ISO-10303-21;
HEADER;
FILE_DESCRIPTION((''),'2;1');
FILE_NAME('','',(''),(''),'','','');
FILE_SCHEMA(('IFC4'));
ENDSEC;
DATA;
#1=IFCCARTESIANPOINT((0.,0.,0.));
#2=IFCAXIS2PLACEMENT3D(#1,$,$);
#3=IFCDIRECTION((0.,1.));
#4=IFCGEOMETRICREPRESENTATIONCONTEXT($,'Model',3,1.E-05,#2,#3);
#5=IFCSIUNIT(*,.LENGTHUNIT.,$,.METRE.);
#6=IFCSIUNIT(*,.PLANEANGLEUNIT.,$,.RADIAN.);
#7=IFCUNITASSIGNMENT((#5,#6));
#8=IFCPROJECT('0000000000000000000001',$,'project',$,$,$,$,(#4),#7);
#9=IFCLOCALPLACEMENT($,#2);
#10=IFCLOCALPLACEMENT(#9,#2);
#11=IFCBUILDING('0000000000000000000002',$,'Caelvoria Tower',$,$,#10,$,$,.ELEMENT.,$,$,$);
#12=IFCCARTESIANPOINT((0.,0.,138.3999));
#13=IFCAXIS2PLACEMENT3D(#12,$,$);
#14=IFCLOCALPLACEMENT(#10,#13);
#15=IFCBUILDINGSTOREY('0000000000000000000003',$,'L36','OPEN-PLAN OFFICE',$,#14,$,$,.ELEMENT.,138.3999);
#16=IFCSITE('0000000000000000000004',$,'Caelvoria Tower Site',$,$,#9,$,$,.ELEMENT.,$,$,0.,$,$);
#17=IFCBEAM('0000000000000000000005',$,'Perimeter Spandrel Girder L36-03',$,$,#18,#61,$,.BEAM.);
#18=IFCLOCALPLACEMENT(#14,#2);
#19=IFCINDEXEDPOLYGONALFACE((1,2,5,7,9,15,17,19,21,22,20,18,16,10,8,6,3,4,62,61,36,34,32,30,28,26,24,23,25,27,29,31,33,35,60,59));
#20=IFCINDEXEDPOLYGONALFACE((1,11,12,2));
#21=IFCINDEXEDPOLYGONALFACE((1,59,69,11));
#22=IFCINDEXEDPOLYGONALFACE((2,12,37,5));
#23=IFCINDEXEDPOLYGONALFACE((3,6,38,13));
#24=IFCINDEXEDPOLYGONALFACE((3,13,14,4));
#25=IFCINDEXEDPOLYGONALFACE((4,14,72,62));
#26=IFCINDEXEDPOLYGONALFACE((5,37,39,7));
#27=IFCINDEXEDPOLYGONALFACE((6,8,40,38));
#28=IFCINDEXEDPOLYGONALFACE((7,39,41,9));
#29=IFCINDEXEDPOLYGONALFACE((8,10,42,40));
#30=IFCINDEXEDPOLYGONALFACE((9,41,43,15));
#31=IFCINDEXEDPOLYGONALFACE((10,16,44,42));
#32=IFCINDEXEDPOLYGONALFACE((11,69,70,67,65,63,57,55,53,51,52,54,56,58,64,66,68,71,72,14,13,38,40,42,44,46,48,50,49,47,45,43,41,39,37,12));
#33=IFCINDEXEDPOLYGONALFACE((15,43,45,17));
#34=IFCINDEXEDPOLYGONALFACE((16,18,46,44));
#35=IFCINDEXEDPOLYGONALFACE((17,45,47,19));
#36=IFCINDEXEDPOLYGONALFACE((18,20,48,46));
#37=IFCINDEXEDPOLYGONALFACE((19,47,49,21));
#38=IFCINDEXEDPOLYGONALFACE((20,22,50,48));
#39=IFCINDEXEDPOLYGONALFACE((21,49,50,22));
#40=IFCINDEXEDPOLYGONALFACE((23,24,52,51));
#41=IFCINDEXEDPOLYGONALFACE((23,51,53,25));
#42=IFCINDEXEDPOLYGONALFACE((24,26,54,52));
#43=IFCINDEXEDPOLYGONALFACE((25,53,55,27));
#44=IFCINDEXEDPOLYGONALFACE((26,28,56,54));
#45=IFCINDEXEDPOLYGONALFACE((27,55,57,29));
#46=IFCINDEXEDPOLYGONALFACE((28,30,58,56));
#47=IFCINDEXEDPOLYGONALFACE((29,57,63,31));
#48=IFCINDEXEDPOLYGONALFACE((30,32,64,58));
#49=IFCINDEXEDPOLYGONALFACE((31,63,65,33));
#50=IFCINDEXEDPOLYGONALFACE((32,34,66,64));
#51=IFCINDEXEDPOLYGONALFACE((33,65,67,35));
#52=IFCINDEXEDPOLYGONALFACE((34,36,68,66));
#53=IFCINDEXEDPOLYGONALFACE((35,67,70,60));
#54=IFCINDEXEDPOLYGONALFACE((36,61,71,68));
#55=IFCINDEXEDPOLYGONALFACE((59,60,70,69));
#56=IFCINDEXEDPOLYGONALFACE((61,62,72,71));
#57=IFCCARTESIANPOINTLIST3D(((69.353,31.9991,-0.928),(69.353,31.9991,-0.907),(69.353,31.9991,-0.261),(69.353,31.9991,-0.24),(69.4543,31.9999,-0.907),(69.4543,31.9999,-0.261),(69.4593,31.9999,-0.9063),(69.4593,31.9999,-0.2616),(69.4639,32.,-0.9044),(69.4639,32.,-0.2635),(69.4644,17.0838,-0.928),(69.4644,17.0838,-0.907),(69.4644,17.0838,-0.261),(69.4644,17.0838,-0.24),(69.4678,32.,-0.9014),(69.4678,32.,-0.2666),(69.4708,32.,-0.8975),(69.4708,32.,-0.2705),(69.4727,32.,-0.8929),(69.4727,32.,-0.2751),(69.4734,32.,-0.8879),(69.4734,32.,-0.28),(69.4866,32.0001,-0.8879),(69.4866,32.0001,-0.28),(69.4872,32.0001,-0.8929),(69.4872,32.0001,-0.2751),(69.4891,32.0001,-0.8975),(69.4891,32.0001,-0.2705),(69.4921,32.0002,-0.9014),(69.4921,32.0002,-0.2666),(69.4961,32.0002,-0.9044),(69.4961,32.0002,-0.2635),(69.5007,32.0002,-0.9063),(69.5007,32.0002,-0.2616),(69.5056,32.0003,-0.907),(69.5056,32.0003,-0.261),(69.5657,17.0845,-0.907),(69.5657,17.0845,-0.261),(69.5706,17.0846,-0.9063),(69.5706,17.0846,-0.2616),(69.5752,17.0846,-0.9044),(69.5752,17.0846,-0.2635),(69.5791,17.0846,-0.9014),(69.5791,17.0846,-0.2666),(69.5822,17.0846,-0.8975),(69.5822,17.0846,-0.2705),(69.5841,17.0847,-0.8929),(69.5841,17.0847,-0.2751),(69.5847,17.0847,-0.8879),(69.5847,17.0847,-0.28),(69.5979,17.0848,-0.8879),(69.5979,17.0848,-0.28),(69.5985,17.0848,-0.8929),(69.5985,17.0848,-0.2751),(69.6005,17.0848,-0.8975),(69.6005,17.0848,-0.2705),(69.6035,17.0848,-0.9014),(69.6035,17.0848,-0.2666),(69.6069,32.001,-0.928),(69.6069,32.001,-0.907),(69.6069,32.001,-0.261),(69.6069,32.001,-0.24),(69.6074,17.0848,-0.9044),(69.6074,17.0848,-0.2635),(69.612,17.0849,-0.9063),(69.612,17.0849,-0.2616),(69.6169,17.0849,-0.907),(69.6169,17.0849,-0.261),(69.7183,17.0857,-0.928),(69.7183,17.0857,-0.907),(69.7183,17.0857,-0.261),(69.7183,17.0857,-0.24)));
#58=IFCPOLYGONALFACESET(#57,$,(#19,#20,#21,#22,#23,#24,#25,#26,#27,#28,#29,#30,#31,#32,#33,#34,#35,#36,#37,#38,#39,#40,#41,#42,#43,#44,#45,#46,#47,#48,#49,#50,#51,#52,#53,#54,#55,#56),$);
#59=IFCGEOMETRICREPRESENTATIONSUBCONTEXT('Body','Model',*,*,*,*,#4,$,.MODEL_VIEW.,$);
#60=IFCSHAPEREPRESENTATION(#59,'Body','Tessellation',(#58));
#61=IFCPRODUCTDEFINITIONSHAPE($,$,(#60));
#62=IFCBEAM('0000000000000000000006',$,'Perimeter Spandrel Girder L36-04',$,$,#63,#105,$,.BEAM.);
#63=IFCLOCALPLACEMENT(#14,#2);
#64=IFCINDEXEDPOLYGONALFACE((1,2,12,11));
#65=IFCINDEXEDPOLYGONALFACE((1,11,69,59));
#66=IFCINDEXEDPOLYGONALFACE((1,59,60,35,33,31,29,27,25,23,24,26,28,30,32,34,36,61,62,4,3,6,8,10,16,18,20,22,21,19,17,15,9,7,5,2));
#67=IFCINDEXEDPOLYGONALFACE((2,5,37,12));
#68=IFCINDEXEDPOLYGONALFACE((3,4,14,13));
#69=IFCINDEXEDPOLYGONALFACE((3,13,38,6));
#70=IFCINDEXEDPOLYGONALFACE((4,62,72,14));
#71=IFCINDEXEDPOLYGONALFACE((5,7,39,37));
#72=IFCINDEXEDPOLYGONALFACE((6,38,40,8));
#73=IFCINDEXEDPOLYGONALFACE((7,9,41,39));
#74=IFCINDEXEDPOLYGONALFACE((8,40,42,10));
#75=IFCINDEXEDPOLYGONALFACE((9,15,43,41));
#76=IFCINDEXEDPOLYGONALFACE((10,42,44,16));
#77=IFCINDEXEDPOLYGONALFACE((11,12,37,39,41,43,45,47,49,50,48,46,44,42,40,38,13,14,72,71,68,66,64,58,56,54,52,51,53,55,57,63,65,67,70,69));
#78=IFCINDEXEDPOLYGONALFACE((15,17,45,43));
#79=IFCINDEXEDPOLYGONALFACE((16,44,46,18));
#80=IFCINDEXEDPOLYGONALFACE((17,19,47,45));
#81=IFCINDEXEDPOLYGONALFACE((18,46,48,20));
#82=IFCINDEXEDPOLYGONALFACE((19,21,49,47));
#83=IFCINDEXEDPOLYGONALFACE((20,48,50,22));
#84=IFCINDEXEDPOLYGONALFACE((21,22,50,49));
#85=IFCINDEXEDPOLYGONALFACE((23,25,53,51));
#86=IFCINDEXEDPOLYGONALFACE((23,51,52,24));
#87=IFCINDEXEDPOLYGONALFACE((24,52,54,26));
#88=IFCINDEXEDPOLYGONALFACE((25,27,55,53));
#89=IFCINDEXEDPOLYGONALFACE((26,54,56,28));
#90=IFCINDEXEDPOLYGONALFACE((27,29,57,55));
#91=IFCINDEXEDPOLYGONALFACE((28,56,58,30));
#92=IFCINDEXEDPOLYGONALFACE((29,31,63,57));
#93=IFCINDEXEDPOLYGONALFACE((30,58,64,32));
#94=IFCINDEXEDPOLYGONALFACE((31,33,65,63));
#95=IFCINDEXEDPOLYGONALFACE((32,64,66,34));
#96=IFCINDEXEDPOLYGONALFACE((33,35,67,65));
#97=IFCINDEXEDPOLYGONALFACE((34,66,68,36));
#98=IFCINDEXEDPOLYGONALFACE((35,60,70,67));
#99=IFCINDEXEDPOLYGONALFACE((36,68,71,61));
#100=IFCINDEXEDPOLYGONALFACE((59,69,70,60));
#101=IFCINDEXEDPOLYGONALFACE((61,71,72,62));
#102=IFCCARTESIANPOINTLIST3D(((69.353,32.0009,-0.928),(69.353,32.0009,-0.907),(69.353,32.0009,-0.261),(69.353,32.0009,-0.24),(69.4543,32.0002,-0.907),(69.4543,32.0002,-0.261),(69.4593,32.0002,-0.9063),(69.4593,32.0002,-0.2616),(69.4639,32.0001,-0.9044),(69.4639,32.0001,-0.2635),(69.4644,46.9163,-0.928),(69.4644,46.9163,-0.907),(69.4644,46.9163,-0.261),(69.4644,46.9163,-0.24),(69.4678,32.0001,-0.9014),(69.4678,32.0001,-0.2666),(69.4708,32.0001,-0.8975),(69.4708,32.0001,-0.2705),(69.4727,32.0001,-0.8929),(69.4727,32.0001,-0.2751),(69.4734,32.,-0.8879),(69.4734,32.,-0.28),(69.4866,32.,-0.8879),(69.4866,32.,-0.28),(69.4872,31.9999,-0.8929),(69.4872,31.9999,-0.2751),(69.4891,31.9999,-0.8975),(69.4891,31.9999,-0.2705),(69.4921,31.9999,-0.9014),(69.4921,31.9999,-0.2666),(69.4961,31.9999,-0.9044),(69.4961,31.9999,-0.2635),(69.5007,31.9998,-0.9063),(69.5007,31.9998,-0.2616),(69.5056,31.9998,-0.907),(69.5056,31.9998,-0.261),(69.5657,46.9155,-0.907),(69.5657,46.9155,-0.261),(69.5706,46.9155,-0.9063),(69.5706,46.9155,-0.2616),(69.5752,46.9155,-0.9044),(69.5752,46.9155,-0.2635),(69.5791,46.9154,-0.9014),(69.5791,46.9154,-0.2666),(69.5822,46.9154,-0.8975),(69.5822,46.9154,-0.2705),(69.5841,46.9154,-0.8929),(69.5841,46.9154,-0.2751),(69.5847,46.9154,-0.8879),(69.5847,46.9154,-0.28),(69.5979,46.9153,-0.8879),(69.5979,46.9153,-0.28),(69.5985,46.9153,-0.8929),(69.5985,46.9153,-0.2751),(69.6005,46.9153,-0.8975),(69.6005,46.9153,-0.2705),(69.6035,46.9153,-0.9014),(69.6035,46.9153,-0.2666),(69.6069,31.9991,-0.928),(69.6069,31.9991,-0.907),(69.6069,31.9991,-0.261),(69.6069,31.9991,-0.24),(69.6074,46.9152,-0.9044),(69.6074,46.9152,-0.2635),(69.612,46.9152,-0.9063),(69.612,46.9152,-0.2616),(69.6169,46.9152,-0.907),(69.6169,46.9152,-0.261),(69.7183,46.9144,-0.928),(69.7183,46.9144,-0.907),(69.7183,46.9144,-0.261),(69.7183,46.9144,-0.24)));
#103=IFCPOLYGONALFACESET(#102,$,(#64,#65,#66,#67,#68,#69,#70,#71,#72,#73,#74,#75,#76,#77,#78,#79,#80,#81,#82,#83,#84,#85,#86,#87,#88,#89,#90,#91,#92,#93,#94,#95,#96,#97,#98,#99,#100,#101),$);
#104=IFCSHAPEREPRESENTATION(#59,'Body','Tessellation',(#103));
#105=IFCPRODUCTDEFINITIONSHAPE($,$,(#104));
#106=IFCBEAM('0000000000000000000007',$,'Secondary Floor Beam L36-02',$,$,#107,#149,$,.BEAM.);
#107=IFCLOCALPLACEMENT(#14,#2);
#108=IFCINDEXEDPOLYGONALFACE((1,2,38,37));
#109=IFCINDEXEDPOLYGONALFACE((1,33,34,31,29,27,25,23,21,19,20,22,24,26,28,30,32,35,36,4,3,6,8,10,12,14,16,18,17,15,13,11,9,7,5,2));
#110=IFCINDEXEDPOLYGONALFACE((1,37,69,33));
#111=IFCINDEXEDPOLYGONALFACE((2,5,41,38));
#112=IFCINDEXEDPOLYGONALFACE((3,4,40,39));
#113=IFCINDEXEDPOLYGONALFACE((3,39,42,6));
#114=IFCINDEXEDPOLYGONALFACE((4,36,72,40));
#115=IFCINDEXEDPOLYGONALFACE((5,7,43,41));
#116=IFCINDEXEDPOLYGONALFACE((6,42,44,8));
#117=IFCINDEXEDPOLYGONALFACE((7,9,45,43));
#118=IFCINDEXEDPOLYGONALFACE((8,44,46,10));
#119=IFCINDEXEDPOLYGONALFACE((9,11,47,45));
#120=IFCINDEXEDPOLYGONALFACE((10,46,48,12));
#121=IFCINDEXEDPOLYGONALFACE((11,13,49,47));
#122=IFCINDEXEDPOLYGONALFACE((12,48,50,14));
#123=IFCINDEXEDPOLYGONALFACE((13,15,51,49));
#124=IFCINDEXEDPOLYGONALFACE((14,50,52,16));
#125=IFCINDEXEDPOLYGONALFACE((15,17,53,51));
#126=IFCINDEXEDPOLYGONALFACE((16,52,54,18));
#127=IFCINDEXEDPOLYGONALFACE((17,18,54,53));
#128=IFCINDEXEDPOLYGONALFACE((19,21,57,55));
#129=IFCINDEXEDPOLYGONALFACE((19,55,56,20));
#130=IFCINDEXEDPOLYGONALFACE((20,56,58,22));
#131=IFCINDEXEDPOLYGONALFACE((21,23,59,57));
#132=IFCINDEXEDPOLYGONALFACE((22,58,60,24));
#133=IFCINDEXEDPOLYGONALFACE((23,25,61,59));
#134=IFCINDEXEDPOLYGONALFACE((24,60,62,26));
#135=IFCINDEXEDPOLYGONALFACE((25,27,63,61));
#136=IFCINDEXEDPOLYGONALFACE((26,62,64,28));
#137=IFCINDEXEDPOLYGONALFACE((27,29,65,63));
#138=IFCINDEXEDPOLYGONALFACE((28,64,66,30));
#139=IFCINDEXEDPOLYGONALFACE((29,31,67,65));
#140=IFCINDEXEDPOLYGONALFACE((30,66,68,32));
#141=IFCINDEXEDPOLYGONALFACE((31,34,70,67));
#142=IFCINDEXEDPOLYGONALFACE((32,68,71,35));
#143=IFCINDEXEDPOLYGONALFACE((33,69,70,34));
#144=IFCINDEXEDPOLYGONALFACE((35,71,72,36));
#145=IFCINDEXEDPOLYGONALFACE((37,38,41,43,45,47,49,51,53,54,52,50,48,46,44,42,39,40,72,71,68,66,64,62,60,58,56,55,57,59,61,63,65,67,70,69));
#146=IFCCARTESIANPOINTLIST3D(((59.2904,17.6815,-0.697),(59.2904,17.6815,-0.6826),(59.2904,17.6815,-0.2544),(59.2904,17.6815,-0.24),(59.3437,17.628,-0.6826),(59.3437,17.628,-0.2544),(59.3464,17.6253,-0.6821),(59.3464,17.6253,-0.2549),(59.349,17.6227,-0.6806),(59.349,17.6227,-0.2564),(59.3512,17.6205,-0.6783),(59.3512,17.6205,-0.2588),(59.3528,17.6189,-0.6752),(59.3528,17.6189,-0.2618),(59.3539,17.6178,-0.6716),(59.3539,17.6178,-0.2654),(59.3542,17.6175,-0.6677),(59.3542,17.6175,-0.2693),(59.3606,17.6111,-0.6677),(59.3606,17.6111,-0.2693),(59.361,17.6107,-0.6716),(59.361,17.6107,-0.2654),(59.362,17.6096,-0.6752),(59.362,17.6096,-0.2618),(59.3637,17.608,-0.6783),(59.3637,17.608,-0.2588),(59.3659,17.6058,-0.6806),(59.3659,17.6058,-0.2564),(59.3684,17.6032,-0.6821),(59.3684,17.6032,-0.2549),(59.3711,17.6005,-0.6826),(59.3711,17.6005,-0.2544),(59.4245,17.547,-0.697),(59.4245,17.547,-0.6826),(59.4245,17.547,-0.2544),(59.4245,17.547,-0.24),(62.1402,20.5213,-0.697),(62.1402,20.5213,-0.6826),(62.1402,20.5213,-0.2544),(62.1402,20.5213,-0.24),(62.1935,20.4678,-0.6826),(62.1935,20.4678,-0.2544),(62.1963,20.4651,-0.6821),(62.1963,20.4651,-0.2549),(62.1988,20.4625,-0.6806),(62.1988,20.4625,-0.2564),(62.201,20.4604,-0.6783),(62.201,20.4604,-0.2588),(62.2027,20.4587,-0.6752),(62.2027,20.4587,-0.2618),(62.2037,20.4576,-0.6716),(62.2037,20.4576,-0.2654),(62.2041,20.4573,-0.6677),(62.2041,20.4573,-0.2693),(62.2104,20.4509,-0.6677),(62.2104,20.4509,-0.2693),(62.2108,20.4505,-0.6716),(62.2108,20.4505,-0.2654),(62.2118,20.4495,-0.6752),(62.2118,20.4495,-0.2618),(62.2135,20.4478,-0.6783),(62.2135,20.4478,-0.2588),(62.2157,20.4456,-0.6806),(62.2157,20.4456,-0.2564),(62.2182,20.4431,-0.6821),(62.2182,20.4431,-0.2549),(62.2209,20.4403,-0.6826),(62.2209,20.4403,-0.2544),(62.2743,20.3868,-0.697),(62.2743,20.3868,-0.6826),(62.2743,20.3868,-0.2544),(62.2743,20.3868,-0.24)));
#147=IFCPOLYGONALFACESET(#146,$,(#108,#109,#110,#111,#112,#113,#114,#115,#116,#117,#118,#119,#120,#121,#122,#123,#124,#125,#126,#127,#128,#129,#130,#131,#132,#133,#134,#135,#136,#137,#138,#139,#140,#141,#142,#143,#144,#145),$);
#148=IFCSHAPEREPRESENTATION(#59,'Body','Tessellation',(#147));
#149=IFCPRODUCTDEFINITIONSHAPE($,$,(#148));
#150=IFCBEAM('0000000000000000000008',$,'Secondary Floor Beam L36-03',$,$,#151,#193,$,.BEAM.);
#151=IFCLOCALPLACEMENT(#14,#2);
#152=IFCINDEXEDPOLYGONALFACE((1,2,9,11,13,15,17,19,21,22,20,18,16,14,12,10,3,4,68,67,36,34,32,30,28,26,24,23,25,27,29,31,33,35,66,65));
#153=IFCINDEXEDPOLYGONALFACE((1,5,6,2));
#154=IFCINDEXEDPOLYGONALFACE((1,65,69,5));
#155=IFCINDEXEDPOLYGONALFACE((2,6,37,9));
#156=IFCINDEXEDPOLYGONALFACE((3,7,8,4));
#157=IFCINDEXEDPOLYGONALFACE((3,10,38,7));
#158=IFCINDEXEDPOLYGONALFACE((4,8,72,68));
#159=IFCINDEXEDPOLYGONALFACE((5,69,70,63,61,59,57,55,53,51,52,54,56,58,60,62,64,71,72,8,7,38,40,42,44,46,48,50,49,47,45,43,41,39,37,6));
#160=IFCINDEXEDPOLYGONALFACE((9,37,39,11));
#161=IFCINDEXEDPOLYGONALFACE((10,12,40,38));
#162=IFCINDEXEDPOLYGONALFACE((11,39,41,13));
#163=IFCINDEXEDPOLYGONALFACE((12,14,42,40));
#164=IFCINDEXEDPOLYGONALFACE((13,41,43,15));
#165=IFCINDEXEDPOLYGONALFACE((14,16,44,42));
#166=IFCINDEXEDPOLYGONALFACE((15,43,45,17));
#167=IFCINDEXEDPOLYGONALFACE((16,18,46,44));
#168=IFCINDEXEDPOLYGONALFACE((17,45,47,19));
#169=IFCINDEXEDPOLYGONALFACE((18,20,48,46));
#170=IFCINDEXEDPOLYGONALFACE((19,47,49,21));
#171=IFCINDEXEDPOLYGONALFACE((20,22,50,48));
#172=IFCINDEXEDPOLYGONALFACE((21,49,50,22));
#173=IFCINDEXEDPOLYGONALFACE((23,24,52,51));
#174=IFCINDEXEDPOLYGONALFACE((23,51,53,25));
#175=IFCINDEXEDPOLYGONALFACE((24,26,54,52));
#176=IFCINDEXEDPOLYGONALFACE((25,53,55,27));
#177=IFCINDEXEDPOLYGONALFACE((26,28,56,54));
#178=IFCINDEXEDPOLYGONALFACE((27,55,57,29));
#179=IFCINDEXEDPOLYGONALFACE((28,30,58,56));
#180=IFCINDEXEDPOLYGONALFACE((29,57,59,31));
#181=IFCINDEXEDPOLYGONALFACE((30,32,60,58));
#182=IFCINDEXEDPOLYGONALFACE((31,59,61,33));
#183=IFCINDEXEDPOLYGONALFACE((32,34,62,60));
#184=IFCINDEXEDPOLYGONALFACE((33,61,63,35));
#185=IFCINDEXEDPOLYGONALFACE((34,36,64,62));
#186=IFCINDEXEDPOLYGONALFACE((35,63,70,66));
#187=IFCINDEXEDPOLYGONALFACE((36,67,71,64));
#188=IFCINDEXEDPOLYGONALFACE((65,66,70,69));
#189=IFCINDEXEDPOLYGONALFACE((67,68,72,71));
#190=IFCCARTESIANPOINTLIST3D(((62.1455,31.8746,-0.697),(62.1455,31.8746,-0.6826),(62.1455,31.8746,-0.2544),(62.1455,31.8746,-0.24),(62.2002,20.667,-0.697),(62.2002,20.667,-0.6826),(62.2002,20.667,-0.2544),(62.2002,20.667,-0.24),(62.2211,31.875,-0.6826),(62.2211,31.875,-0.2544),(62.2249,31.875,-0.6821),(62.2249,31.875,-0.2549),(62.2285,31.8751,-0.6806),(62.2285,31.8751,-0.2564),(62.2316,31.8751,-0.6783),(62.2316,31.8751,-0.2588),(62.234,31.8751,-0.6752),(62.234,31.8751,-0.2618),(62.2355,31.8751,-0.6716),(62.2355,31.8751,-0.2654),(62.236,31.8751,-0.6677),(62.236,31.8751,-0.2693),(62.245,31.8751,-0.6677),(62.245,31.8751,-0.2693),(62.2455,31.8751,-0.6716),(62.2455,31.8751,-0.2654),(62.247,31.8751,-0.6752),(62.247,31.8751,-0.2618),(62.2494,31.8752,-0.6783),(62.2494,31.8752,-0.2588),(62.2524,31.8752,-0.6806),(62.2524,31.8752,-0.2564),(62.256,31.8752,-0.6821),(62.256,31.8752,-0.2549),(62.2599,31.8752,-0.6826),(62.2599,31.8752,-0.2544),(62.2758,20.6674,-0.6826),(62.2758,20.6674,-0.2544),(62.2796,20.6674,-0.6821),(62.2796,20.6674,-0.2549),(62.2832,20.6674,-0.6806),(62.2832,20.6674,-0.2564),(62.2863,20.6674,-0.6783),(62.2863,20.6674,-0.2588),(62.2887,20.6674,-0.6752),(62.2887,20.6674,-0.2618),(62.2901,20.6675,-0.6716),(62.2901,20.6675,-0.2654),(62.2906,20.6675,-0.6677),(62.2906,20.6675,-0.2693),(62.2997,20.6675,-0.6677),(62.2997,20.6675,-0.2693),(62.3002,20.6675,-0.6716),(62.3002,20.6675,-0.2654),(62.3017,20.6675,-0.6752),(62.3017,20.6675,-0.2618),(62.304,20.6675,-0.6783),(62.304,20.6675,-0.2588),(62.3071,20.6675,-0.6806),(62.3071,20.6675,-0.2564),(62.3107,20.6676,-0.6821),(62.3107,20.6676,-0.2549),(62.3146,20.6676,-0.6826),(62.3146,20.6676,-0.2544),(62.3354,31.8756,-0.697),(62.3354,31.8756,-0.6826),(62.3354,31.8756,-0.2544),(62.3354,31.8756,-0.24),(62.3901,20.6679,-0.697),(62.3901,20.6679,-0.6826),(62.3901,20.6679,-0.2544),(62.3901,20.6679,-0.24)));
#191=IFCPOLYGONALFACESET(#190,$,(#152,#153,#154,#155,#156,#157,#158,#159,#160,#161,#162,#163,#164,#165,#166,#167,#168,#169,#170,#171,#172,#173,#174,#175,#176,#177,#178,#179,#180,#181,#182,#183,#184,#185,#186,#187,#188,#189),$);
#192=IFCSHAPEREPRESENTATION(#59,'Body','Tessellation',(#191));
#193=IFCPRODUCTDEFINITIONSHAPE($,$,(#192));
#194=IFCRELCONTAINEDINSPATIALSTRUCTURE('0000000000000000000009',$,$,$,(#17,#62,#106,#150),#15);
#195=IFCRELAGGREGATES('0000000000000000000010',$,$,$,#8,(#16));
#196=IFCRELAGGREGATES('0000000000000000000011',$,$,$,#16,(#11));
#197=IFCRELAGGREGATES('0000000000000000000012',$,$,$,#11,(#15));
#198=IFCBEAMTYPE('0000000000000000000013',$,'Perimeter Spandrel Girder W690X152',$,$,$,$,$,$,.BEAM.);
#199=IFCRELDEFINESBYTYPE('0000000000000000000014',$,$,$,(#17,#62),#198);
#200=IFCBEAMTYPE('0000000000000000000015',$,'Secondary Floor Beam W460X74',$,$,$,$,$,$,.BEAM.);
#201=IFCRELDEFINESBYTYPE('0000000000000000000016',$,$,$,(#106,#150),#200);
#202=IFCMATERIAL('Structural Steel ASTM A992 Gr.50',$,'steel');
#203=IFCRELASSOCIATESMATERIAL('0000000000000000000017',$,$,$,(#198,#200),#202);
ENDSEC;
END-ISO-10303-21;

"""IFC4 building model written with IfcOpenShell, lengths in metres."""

from ifc_helpers import new_model, si_unit, direction, frame, origin, origin_2d, place, context, subcontext, project, spatial, i_section, extrude, material, material_profile, profile_set, type_object, element, save


model = new_model("IFC4")

# Units and contexts
model_context = context("Model", 3, precision=1e-05, world=origin(), true_north=direction((0.0, 1.0)))
body_context = subcontext(model_context, "Body", "Model", "MODEL_VIEW")
ifc_project = project(units=[si_unit("LENGTHUNIT", "METRE"), si_unit("PLANEANGLEUNIT", "RADIAN")], contexts=[model_context])

# Site, building, storey
site_placement = place(None, origin())
site = spatial("IfcSite", under=ifc_project, at=site_placement, Name="Caelvoria Tower Site", CompositionType="ELEMENT", RefElevation=0.0)
building_placement = place(site_placement, origin())
building = spatial("IfcBuilding", under=site, at=building_placement, Name="Caelvoria Tower", CompositionType="ELEMENT")
storey_placement = place(building_placement, frame((0.0, 0.0, 138.3999)))
storey = spatial("IfcBuildingStorey", under=building, at=storey_placement, Name="L36", Description="OPEN-PLAN OFFICE", CompositionType="ELEMENT", Elevation=138.3999)

# Shared definitions
ifc_material_1 = material(Name="Structural Steel ASTM A992 Gr.50", Category="steel")

# Beams
ifc_material_profile_1 = material_profile(ifc_material_1, i_section(OverallWidth=0.2539, OverallDepth=0.688, WebThickness=0.0132, FlangeThickness=0.021, FilletRadius=0.019, at=origin_2d()), Name="Structural Steel ASTM A992 Gr.50")
ifc_profile_set_1 = profile_set([ifc_material_profile_1], Name="W690X152 - Structural Steel ASTM A992 Gr.50")
beam_type_1 = type_object("IfcBeamType", Name="Perimeter Spandrel Girder W690X152", PredefinedType="BEAM", material=ifc_profile_set_1)
for number, where, z_axis, x_axis, name in (
    (1, (69.5913, 17.0847, -0.584), (-0.007464, 0.999972, 0.0), (-0.999972, -0.007464, 0.0), "Perimeter Spandrel Girder L36-03"),
    (2, (69.48, 32.0, -0.584), (0.007464, 0.999972, 0.0), (-0.999972, 0.007464, 0.0), "Perimeter Spandrel Girder L36-04"),
):
    element("IfcBeam", number, at=place(storey_placement, frame(where, z_axis=z_axis, x_axis=x_axis)), inside=storey, type_object=beam_type_1, Name=name, PredefinedType="BEAM", context=body_context, shape_type="SweptSolid", body=[
        extrude(i_section(OverallWidth=0.2539, OverallDepth=0.688, WebThickness=0.0132, FlangeThickness=0.021, FilletRadius=0.019, at=origin_2d()), origin(), (0.0, 0.0, 1.0), 14.9158),
    ])
ifc_material_profile_2 = material_profile(ifc_material_1, i_section(OverallWidth=0.1899, OverallDepth=0.457, WebThickness=0.009, FlangeThickness=0.0144, FilletRadius=0.0149, at=origin_2d()), Name="Structural Steel ASTM A992 Gr.50")
ifc_profile_set_2 = profile_set([ifc_material_profile_2], Name="W460X74 - Structural Steel ASTM A992 Gr.50")
beam_type_2 = type_object("IfcBeamType", Name="Secondary Floor Beam W460X74", PredefinedType="BEAM", material=ifc_profile_set_2)
beam_1_placement = place(storey_placement, frame((59.3574, 17.6143, -0.4685), z_axis=(0.70835, 0.705862, 0.0), x_axis=(-0.705862, 0.70835, 0.0)))
element("IfcBeam", 3, at=beam_1_placement, inside=storey, type_object=beam_type_2, Name="Secondary Floor Beam L36-02", PredefinedType="BEAM", context=body_context, shape_type="SweptSolid", body=[
    extrude(i_section(OverallWidth=0.1899, OverallDepth=0.457, WebThickness=0.009, FlangeThickness=0.0144, FilletRadius=0.0149, at=origin_2d()), origin(), (0.0, 0.0, 1.0), 4.0232),
])
beam_2_placement = place(storey_placement, frame((62.2952, 20.6675, -0.4685), z_axis=(-0.004879, 0.999988, 0.0), x_axis=(-0.999988, -0.004879, 0.0)))
element("IfcBeam", 4, at=beam_2_placement, inside=storey, type_object=beam_type_2, Name="Secondary Floor Beam L36-03", PredefinedType="BEAM", context=body_context, shape_type="SweptSolid", body=[
    extrude(i_section(OverallWidth=0.1899, OverallDepth=0.457, WebThickness=0.009, FlangeThickness=0.0144, FilletRadius=0.0149, at=origin_2d()), origin(), (0.0, 0.0, 1.0), 11.2078),
])

save(model, "model.ifc")
